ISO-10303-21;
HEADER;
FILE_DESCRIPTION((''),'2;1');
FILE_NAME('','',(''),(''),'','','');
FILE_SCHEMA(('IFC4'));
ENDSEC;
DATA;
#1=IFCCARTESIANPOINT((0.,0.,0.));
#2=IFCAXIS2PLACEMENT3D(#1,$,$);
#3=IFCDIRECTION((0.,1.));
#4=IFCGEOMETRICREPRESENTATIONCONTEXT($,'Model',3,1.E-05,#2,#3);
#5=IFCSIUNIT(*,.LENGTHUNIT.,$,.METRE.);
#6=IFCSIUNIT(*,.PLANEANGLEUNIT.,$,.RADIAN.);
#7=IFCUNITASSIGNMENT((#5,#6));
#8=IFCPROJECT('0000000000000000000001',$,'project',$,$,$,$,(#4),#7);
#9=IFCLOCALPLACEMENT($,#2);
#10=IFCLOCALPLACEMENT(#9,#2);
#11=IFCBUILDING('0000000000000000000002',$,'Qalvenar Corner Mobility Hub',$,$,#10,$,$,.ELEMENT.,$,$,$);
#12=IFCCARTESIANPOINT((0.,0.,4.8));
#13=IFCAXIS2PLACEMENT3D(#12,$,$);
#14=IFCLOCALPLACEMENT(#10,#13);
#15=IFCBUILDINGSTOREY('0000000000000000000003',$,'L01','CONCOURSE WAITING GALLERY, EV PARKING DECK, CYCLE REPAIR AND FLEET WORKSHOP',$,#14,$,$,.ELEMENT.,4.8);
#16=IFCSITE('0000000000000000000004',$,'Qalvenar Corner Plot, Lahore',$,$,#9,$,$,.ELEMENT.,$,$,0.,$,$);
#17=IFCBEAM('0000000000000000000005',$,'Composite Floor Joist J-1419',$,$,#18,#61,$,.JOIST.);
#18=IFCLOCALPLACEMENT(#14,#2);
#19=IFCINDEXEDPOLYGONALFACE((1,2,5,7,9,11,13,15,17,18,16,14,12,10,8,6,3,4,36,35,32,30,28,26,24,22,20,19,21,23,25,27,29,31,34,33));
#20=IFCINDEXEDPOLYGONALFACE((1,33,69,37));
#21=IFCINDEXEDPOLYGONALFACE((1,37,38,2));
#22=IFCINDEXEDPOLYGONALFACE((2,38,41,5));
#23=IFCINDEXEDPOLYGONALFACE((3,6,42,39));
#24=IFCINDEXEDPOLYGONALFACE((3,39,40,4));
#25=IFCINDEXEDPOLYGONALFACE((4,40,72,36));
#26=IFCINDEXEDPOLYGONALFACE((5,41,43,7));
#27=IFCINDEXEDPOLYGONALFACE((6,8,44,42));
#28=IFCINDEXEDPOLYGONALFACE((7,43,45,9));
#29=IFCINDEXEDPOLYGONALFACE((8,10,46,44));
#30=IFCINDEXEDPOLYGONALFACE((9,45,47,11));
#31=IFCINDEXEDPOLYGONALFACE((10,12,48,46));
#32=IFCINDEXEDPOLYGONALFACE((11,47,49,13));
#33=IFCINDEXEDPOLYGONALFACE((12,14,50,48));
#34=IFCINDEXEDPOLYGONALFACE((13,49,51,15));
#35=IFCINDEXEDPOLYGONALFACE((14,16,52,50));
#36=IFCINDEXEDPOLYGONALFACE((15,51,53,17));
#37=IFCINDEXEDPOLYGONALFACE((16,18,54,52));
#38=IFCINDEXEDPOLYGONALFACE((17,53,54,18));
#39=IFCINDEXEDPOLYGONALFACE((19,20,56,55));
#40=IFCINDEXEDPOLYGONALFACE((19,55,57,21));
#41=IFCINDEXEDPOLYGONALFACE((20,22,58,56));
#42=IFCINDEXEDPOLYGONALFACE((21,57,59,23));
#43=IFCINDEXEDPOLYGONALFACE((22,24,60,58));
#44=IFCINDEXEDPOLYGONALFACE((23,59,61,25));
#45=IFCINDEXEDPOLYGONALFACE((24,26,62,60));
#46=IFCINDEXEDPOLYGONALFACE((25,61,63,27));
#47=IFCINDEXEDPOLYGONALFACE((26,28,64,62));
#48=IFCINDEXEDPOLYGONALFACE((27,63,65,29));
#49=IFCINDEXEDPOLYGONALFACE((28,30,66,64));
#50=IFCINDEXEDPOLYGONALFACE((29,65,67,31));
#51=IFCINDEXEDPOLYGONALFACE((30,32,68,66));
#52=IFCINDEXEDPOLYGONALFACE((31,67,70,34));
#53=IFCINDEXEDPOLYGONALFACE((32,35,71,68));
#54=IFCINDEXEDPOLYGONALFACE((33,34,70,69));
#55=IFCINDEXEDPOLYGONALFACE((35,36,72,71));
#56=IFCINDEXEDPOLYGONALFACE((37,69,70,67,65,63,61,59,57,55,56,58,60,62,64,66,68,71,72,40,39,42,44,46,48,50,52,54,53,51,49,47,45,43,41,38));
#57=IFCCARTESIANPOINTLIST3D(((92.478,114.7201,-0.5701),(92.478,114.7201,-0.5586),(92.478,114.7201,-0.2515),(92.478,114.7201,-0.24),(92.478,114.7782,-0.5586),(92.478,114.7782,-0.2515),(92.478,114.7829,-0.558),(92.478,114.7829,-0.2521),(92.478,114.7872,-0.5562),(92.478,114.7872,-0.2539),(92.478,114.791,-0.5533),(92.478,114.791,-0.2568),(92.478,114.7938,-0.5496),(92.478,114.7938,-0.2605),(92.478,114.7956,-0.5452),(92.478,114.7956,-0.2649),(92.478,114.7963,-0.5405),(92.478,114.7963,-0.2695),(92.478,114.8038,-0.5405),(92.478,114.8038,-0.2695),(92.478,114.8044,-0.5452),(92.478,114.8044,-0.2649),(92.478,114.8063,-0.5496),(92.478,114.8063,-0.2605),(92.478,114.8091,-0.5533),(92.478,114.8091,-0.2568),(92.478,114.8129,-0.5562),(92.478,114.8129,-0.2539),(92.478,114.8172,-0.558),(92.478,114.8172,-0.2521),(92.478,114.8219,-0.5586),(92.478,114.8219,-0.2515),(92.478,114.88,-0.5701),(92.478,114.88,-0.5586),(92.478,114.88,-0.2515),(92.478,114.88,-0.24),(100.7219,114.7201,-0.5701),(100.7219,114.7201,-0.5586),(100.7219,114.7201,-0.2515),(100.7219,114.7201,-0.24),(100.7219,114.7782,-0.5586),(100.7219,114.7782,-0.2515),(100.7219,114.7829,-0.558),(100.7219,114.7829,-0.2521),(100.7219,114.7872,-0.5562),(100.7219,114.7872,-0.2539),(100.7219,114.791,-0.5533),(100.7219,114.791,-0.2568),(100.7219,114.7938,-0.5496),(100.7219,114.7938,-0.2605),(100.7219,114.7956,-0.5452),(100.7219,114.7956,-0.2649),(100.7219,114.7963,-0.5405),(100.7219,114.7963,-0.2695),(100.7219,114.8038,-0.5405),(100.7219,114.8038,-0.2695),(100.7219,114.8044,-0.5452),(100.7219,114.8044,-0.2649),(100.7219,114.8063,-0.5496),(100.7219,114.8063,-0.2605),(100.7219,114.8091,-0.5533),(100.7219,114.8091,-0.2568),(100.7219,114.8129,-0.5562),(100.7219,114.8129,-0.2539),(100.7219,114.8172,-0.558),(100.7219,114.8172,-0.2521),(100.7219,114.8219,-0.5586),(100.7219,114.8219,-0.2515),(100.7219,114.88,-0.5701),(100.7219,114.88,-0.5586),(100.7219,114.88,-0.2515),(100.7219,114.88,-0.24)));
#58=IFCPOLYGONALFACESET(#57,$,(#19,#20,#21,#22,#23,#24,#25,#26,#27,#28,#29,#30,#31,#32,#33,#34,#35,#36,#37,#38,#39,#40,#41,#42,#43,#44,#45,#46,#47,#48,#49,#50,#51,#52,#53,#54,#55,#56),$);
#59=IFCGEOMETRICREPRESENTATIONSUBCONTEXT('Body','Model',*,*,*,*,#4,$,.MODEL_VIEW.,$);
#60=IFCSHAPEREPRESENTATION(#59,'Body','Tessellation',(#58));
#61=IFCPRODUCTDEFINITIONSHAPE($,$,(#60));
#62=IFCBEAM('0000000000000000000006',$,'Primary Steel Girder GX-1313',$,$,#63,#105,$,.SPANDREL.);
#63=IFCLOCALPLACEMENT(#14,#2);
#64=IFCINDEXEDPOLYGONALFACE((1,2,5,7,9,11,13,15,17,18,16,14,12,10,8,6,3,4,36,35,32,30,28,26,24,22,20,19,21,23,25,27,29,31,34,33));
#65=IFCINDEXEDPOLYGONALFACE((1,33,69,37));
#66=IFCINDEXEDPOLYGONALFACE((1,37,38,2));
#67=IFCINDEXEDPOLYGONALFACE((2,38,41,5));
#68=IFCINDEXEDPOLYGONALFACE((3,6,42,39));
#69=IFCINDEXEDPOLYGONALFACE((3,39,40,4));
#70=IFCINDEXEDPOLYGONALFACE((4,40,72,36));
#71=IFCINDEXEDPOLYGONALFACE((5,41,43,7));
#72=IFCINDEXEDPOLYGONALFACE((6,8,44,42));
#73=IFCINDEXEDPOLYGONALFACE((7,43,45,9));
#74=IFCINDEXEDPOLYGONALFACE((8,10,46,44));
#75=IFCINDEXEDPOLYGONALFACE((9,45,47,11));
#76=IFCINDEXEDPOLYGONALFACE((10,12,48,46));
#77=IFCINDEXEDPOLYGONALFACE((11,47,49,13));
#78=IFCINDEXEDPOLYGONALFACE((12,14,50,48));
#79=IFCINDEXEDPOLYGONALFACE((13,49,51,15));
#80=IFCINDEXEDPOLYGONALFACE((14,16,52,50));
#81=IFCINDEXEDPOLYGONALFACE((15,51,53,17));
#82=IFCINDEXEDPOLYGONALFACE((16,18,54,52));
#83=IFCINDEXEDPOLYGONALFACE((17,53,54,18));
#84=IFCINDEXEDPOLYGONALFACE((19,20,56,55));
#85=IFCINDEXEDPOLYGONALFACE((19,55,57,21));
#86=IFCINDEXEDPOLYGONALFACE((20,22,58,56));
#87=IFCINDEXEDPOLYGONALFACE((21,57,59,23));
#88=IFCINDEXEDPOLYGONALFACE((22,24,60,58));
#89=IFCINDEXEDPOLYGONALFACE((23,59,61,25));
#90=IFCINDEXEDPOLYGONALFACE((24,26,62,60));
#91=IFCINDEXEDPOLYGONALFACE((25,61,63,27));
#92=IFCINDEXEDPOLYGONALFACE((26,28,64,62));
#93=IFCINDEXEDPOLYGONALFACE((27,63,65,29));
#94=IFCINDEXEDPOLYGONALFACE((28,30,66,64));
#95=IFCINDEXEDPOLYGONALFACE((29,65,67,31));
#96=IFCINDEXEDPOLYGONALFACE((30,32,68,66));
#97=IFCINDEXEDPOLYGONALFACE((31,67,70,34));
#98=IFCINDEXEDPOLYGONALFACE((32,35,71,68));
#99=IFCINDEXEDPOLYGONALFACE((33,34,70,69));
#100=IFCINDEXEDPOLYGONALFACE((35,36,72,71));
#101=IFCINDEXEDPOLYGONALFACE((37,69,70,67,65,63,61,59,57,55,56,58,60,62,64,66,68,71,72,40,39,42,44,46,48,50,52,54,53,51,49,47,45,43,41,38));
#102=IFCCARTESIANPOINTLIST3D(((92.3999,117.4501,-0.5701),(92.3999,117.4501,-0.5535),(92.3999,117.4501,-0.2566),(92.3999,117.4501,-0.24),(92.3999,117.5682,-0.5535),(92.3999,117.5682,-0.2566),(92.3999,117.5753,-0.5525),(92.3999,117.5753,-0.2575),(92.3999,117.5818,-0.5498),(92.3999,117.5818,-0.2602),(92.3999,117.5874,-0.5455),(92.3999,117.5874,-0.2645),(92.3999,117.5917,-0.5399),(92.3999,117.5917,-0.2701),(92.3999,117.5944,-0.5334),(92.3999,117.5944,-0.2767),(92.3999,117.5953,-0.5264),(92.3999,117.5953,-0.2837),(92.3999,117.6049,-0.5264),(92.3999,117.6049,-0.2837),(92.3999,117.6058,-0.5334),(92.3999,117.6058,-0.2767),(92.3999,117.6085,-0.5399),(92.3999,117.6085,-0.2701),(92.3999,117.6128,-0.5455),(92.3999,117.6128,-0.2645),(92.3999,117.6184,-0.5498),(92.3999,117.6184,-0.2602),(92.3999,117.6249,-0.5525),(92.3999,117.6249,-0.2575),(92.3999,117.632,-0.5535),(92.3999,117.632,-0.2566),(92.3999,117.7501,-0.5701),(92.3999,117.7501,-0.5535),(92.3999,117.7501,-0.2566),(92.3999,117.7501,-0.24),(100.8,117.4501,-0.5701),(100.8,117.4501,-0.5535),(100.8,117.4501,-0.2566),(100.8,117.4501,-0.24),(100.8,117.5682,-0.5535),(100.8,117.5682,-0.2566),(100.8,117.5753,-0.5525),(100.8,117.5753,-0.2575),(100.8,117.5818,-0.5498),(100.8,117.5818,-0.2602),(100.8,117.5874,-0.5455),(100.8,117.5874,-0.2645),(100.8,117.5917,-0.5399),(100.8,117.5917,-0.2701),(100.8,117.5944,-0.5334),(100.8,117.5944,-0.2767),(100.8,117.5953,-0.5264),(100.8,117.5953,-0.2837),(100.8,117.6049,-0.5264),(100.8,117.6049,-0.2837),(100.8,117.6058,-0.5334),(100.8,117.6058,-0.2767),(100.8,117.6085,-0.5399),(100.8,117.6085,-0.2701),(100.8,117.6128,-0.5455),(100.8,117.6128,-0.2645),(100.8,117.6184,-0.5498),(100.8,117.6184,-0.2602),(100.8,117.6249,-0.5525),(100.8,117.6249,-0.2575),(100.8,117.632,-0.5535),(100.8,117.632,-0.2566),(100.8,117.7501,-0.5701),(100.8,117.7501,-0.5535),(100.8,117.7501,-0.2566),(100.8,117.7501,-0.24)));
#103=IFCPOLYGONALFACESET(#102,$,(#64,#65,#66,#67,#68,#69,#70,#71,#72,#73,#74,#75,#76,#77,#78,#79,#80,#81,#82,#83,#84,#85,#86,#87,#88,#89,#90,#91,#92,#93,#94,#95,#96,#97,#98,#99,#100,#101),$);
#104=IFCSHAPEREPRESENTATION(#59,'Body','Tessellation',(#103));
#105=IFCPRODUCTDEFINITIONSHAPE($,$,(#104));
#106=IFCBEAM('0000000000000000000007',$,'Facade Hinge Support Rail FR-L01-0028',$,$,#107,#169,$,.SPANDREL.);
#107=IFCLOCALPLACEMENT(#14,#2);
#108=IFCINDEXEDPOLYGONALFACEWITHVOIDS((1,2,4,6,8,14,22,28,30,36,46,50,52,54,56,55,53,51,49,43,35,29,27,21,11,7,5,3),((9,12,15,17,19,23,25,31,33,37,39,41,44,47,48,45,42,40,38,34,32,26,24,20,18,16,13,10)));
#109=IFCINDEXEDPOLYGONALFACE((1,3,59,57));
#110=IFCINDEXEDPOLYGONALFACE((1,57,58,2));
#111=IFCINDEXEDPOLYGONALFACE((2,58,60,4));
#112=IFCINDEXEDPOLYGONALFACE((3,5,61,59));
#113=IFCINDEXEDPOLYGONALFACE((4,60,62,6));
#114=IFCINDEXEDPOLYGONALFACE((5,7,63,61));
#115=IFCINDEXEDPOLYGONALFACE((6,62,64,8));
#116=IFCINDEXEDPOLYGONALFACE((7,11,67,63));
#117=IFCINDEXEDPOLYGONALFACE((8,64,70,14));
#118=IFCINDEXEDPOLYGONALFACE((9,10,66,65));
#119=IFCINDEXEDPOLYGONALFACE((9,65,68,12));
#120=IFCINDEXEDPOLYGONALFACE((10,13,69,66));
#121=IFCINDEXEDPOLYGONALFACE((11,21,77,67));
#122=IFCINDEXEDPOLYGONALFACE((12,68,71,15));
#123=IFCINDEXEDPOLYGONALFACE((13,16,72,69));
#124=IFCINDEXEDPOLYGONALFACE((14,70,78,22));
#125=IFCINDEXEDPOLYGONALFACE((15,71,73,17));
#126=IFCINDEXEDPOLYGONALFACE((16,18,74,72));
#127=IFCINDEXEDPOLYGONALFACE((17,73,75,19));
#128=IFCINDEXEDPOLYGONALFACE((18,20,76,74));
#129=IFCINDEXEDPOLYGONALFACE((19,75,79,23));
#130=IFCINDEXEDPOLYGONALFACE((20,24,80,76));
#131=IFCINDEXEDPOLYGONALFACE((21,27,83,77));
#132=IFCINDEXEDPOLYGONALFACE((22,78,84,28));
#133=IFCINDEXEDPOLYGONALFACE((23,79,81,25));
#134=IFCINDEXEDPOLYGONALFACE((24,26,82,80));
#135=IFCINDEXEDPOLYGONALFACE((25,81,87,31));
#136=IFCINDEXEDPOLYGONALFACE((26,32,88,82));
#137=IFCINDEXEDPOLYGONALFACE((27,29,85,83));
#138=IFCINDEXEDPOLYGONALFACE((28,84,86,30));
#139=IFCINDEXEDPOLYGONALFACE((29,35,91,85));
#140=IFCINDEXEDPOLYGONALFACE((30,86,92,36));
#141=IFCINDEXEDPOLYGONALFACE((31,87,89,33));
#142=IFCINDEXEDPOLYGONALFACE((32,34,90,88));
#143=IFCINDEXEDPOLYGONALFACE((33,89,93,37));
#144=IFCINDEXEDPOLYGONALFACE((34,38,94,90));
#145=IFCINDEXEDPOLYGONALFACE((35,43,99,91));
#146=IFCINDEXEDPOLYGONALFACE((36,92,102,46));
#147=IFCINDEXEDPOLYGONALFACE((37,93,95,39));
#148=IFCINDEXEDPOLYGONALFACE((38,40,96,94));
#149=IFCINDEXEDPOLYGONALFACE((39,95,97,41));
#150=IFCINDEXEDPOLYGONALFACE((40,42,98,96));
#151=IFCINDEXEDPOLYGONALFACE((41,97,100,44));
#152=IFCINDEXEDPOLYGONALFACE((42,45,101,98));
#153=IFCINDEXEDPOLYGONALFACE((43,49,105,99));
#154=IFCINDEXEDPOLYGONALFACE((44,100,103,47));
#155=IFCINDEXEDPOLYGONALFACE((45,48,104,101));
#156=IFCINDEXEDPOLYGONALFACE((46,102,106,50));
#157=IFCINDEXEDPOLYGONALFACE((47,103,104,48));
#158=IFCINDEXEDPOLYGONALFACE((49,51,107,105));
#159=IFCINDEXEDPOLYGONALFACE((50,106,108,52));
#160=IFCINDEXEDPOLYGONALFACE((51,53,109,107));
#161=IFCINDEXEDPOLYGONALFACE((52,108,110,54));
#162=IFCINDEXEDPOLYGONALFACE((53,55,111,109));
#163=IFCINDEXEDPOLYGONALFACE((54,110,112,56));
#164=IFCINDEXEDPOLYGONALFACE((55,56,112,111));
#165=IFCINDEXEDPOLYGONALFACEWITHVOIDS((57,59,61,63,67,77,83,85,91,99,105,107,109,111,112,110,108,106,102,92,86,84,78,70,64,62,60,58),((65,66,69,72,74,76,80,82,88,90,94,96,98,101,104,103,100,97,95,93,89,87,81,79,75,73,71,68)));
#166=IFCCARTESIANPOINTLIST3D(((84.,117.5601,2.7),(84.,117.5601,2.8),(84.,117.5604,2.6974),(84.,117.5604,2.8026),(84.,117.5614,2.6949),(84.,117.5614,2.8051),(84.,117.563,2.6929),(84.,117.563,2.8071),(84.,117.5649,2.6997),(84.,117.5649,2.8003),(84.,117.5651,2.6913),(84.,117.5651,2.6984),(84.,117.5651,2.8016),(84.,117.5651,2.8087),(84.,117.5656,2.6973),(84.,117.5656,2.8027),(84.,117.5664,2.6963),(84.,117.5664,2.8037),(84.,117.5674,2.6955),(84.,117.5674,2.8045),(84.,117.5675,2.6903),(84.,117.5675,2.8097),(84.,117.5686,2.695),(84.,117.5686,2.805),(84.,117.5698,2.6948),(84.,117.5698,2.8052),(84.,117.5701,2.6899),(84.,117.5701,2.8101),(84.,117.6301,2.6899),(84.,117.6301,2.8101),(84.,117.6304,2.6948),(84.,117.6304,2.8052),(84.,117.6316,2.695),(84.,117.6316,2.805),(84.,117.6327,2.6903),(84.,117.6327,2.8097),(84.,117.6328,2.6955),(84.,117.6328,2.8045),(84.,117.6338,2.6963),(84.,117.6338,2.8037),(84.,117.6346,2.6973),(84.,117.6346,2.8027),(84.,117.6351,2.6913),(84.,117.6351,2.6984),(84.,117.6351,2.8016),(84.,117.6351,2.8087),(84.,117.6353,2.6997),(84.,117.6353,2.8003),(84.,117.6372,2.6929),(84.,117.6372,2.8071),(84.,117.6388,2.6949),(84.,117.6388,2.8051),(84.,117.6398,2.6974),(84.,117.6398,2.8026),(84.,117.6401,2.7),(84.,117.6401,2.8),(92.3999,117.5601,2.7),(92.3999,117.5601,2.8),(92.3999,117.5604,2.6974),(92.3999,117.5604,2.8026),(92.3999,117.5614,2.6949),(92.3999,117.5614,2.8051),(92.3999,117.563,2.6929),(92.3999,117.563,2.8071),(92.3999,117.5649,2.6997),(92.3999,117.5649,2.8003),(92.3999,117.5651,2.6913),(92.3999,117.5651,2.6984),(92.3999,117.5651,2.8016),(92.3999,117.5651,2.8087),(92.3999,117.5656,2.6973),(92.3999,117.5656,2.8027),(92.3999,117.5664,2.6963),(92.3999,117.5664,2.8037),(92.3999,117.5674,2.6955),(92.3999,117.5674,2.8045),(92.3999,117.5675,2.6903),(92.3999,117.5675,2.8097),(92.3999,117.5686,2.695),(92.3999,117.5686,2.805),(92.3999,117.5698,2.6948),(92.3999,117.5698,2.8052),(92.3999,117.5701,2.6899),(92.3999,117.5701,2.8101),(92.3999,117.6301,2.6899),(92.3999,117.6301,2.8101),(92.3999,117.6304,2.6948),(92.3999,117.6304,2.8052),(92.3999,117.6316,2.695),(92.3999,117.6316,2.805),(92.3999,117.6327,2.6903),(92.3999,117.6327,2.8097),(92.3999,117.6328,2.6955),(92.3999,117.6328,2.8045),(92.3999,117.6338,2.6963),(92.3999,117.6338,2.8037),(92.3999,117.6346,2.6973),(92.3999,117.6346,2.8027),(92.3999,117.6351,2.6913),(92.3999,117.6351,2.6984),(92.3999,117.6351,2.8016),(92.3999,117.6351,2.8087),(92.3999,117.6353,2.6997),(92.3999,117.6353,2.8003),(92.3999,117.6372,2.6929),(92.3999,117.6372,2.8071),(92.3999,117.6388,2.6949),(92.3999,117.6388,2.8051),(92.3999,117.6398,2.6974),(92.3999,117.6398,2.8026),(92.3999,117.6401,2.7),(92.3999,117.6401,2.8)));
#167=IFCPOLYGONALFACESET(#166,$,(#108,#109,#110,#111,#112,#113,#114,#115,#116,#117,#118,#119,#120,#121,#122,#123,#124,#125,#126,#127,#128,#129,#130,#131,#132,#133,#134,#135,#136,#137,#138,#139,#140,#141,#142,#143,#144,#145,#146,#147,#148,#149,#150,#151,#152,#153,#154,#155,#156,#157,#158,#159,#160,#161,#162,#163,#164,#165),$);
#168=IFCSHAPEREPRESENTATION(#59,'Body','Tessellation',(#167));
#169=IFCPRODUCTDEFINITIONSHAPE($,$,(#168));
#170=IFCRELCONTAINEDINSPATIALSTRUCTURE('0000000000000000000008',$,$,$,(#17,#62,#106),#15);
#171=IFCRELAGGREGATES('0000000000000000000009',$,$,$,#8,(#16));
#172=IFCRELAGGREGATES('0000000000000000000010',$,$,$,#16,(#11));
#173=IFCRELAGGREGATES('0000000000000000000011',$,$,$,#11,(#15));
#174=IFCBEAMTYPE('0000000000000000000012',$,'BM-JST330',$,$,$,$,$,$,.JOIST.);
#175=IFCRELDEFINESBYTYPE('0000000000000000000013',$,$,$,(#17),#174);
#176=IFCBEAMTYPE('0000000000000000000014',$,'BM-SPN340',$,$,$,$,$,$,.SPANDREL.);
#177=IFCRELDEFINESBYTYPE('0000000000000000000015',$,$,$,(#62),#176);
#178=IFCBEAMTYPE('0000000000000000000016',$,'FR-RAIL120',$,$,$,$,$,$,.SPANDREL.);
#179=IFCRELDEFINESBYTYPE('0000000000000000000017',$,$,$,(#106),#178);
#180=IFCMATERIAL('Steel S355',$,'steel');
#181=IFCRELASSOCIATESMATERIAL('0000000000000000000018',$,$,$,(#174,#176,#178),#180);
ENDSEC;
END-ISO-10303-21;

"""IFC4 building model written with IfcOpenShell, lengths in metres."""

from ifc_helpers import new_model, si_unit, direction, frame, origin, origin_2d, place, context, subcontext, project, spatial, hollow_rectangle, i_section, extrude, material, material_profile, profile_set, type_object, element, save


model = new_model("IFC4")

# Units and contexts
model_context = context("Model", 3, precision=1e-05, world=origin(), true_north=direction((0.0, 1.0)))
body_context = subcontext(model_context, "Body", "Model", "MODEL_VIEW")
ifc_project = project(units=[si_unit("LENGTHUNIT", "METRE"), si_unit("PLANEANGLEUNIT", "RADIAN")], contexts=[model_context])

# Site, building, storey
site_placement = place(None, origin())
site = spatial("IfcSite", under=ifc_project, at=site_placement, Name="Qalvenar Corner Plot, Lahore", CompositionType="ELEMENT", RefElevation=0.0)
building_placement = place(site_placement, origin())
building = spatial("IfcBuilding", under=site, at=building_placement, Name="Qalvenar Corner Mobility Hub", CompositionType="ELEMENT")
storey_placement = place(building_placement, frame((0.0, 0.0, 4.8)))
storey = spatial("IfcBuildingStorey", under=building, at=storey_placement, Name="L01", Description="CONCOURSE WAITING GALLERY, EV PARKING DECK, CYCLE REPAIR AND FLEET WORKSHOP", CompositionType="ELEMENT", Elevation=4.8)

# Shared definitions
ifc_material = material(Name="Steel S355", Category="steel")

# Beams
ifc_material_profile_1 = material_profile(ifc_material, i_section(OverallWidth=0.1599, OverallDepth=0.3301, WebThickness=0.0076, FlangeThickness=0.0115, FilletRadius=0.0181, at=origin_2d()), Name="IPE330")
ifc_profile_set_1 = profile_set([ifc_material_profile_1], Name="Steel S355")
beam_type_1 = type_object("IfcBeamType", Name="BM-JST330", PredefinedType="JOIST", material=ifc_profile_set_1)
for number, where, z_axis, x_axis, name in (
    (1, (92.478, 114.8, -0.405), (1.0, 0.0, 0.0), (0.0, 1.0, 0.0), "Composite Floor Joist J-1419"),
):
    element("IfcBeam", number, at=place(storey_placement, frame(where, z_axis=z_axis, x_axis=x_axis)), inside=storey, type_object=beam_type_1, Name=name, PredefinedType="JOIST", context=body_context, shape_type="SweptSolid", body=[
        extrude(i_section(OverallWidth=0.1599, OverallDepth=0.3301, WebThickness=0.0076, FlangeThickness=0.0115, FilletRadius=0.0181, at=origin_2d()), origin(), (0.0, 0.0, 1.0), 8.2439),
    ])
ifc_material_profile_2 = material_profile(ifc_material, i_section(OverallWidth=0.3, OverallDepth=0.3301, WebThickness=0.0095, FlangeThickness=0.0166, FilletRadius=0.0271, at=origin_2d()), Name="HEA340")
ifc_profile_set_2 = profile_set([ifc_material_profile_2], Name="Steel S355")
beam_type_2 = type_object("IfcBeamType", Name="BM-SPN340", PredefinedType="SPANDREL", material=ifc_profile_set_2)
beam_1_placement = place(storey_placement, frame((92.3999, 117.6001, -0.405), z_axis=(1.0, 0.0, 0.0), x_axis=(0.0, 1.0, 0.0)))
element("IfcBeam", 2, at=beam_1_placement, inside=storey, type_object=beam_type_2, Name="Primary Steel Girder GX-1313", PredefinedType="SPANDREL", context=body_context, shape_type="SweptSolid", body=[
    extrude(i_section(OverallWidth=0.3, OverallDepth=0.3301, WebThickness=0.0095, FlangeThickness=0.0166, FilletRadius=0.0271, at=origin_2d()), origin(), (0.0, 0.0, 1.0), 8.4001),
])
ifc_material_profile_3 = material_profile(ifc_material, hollow_rectangle(XDim=0.0801, YDim=0.1201, WallThickness=0.0049, InnerFilletRadius=0.0049, OuterFilletRadius=0.01, at=origin_2d()), Name="RHS120x80x5")
ifc_profile_set_3 = profile_set([ifc_material_profile_3], Name="Steel S355")
beam_type_3 = type_object("IfcBeamType", Name="FR-RAIL120", PredefinedType="SPANDREL", material=ifc_profile_set_3)
beam_2_placement = place(storey_placement, frame((92.3999, 117.6001, 2.75), z_axis=(-1.0, 0.0, 0.0), x_axis=(0.0, -1.0, 0.0)))
element("IfcBeam", 3, at=beam_2_placement, inside=storey, type_object=beam_type_3, Name="Facade Hinge Support Rail FR-L01-0028", PredefinedType="SPANDREL", context=body_context, shape_type="SweptSolid", body=[
    extrude(hollow_rectangle(XDim=0.0801, YDim=0.1201, WallThickness=0.0049, InnerFilletRadius=0.0049, OuterFilletRadius=0.01, at=origin_2d()), origin(), (0.0, 0.0, 1.0), 8.3999),
])

save(model, "model.ifc")
